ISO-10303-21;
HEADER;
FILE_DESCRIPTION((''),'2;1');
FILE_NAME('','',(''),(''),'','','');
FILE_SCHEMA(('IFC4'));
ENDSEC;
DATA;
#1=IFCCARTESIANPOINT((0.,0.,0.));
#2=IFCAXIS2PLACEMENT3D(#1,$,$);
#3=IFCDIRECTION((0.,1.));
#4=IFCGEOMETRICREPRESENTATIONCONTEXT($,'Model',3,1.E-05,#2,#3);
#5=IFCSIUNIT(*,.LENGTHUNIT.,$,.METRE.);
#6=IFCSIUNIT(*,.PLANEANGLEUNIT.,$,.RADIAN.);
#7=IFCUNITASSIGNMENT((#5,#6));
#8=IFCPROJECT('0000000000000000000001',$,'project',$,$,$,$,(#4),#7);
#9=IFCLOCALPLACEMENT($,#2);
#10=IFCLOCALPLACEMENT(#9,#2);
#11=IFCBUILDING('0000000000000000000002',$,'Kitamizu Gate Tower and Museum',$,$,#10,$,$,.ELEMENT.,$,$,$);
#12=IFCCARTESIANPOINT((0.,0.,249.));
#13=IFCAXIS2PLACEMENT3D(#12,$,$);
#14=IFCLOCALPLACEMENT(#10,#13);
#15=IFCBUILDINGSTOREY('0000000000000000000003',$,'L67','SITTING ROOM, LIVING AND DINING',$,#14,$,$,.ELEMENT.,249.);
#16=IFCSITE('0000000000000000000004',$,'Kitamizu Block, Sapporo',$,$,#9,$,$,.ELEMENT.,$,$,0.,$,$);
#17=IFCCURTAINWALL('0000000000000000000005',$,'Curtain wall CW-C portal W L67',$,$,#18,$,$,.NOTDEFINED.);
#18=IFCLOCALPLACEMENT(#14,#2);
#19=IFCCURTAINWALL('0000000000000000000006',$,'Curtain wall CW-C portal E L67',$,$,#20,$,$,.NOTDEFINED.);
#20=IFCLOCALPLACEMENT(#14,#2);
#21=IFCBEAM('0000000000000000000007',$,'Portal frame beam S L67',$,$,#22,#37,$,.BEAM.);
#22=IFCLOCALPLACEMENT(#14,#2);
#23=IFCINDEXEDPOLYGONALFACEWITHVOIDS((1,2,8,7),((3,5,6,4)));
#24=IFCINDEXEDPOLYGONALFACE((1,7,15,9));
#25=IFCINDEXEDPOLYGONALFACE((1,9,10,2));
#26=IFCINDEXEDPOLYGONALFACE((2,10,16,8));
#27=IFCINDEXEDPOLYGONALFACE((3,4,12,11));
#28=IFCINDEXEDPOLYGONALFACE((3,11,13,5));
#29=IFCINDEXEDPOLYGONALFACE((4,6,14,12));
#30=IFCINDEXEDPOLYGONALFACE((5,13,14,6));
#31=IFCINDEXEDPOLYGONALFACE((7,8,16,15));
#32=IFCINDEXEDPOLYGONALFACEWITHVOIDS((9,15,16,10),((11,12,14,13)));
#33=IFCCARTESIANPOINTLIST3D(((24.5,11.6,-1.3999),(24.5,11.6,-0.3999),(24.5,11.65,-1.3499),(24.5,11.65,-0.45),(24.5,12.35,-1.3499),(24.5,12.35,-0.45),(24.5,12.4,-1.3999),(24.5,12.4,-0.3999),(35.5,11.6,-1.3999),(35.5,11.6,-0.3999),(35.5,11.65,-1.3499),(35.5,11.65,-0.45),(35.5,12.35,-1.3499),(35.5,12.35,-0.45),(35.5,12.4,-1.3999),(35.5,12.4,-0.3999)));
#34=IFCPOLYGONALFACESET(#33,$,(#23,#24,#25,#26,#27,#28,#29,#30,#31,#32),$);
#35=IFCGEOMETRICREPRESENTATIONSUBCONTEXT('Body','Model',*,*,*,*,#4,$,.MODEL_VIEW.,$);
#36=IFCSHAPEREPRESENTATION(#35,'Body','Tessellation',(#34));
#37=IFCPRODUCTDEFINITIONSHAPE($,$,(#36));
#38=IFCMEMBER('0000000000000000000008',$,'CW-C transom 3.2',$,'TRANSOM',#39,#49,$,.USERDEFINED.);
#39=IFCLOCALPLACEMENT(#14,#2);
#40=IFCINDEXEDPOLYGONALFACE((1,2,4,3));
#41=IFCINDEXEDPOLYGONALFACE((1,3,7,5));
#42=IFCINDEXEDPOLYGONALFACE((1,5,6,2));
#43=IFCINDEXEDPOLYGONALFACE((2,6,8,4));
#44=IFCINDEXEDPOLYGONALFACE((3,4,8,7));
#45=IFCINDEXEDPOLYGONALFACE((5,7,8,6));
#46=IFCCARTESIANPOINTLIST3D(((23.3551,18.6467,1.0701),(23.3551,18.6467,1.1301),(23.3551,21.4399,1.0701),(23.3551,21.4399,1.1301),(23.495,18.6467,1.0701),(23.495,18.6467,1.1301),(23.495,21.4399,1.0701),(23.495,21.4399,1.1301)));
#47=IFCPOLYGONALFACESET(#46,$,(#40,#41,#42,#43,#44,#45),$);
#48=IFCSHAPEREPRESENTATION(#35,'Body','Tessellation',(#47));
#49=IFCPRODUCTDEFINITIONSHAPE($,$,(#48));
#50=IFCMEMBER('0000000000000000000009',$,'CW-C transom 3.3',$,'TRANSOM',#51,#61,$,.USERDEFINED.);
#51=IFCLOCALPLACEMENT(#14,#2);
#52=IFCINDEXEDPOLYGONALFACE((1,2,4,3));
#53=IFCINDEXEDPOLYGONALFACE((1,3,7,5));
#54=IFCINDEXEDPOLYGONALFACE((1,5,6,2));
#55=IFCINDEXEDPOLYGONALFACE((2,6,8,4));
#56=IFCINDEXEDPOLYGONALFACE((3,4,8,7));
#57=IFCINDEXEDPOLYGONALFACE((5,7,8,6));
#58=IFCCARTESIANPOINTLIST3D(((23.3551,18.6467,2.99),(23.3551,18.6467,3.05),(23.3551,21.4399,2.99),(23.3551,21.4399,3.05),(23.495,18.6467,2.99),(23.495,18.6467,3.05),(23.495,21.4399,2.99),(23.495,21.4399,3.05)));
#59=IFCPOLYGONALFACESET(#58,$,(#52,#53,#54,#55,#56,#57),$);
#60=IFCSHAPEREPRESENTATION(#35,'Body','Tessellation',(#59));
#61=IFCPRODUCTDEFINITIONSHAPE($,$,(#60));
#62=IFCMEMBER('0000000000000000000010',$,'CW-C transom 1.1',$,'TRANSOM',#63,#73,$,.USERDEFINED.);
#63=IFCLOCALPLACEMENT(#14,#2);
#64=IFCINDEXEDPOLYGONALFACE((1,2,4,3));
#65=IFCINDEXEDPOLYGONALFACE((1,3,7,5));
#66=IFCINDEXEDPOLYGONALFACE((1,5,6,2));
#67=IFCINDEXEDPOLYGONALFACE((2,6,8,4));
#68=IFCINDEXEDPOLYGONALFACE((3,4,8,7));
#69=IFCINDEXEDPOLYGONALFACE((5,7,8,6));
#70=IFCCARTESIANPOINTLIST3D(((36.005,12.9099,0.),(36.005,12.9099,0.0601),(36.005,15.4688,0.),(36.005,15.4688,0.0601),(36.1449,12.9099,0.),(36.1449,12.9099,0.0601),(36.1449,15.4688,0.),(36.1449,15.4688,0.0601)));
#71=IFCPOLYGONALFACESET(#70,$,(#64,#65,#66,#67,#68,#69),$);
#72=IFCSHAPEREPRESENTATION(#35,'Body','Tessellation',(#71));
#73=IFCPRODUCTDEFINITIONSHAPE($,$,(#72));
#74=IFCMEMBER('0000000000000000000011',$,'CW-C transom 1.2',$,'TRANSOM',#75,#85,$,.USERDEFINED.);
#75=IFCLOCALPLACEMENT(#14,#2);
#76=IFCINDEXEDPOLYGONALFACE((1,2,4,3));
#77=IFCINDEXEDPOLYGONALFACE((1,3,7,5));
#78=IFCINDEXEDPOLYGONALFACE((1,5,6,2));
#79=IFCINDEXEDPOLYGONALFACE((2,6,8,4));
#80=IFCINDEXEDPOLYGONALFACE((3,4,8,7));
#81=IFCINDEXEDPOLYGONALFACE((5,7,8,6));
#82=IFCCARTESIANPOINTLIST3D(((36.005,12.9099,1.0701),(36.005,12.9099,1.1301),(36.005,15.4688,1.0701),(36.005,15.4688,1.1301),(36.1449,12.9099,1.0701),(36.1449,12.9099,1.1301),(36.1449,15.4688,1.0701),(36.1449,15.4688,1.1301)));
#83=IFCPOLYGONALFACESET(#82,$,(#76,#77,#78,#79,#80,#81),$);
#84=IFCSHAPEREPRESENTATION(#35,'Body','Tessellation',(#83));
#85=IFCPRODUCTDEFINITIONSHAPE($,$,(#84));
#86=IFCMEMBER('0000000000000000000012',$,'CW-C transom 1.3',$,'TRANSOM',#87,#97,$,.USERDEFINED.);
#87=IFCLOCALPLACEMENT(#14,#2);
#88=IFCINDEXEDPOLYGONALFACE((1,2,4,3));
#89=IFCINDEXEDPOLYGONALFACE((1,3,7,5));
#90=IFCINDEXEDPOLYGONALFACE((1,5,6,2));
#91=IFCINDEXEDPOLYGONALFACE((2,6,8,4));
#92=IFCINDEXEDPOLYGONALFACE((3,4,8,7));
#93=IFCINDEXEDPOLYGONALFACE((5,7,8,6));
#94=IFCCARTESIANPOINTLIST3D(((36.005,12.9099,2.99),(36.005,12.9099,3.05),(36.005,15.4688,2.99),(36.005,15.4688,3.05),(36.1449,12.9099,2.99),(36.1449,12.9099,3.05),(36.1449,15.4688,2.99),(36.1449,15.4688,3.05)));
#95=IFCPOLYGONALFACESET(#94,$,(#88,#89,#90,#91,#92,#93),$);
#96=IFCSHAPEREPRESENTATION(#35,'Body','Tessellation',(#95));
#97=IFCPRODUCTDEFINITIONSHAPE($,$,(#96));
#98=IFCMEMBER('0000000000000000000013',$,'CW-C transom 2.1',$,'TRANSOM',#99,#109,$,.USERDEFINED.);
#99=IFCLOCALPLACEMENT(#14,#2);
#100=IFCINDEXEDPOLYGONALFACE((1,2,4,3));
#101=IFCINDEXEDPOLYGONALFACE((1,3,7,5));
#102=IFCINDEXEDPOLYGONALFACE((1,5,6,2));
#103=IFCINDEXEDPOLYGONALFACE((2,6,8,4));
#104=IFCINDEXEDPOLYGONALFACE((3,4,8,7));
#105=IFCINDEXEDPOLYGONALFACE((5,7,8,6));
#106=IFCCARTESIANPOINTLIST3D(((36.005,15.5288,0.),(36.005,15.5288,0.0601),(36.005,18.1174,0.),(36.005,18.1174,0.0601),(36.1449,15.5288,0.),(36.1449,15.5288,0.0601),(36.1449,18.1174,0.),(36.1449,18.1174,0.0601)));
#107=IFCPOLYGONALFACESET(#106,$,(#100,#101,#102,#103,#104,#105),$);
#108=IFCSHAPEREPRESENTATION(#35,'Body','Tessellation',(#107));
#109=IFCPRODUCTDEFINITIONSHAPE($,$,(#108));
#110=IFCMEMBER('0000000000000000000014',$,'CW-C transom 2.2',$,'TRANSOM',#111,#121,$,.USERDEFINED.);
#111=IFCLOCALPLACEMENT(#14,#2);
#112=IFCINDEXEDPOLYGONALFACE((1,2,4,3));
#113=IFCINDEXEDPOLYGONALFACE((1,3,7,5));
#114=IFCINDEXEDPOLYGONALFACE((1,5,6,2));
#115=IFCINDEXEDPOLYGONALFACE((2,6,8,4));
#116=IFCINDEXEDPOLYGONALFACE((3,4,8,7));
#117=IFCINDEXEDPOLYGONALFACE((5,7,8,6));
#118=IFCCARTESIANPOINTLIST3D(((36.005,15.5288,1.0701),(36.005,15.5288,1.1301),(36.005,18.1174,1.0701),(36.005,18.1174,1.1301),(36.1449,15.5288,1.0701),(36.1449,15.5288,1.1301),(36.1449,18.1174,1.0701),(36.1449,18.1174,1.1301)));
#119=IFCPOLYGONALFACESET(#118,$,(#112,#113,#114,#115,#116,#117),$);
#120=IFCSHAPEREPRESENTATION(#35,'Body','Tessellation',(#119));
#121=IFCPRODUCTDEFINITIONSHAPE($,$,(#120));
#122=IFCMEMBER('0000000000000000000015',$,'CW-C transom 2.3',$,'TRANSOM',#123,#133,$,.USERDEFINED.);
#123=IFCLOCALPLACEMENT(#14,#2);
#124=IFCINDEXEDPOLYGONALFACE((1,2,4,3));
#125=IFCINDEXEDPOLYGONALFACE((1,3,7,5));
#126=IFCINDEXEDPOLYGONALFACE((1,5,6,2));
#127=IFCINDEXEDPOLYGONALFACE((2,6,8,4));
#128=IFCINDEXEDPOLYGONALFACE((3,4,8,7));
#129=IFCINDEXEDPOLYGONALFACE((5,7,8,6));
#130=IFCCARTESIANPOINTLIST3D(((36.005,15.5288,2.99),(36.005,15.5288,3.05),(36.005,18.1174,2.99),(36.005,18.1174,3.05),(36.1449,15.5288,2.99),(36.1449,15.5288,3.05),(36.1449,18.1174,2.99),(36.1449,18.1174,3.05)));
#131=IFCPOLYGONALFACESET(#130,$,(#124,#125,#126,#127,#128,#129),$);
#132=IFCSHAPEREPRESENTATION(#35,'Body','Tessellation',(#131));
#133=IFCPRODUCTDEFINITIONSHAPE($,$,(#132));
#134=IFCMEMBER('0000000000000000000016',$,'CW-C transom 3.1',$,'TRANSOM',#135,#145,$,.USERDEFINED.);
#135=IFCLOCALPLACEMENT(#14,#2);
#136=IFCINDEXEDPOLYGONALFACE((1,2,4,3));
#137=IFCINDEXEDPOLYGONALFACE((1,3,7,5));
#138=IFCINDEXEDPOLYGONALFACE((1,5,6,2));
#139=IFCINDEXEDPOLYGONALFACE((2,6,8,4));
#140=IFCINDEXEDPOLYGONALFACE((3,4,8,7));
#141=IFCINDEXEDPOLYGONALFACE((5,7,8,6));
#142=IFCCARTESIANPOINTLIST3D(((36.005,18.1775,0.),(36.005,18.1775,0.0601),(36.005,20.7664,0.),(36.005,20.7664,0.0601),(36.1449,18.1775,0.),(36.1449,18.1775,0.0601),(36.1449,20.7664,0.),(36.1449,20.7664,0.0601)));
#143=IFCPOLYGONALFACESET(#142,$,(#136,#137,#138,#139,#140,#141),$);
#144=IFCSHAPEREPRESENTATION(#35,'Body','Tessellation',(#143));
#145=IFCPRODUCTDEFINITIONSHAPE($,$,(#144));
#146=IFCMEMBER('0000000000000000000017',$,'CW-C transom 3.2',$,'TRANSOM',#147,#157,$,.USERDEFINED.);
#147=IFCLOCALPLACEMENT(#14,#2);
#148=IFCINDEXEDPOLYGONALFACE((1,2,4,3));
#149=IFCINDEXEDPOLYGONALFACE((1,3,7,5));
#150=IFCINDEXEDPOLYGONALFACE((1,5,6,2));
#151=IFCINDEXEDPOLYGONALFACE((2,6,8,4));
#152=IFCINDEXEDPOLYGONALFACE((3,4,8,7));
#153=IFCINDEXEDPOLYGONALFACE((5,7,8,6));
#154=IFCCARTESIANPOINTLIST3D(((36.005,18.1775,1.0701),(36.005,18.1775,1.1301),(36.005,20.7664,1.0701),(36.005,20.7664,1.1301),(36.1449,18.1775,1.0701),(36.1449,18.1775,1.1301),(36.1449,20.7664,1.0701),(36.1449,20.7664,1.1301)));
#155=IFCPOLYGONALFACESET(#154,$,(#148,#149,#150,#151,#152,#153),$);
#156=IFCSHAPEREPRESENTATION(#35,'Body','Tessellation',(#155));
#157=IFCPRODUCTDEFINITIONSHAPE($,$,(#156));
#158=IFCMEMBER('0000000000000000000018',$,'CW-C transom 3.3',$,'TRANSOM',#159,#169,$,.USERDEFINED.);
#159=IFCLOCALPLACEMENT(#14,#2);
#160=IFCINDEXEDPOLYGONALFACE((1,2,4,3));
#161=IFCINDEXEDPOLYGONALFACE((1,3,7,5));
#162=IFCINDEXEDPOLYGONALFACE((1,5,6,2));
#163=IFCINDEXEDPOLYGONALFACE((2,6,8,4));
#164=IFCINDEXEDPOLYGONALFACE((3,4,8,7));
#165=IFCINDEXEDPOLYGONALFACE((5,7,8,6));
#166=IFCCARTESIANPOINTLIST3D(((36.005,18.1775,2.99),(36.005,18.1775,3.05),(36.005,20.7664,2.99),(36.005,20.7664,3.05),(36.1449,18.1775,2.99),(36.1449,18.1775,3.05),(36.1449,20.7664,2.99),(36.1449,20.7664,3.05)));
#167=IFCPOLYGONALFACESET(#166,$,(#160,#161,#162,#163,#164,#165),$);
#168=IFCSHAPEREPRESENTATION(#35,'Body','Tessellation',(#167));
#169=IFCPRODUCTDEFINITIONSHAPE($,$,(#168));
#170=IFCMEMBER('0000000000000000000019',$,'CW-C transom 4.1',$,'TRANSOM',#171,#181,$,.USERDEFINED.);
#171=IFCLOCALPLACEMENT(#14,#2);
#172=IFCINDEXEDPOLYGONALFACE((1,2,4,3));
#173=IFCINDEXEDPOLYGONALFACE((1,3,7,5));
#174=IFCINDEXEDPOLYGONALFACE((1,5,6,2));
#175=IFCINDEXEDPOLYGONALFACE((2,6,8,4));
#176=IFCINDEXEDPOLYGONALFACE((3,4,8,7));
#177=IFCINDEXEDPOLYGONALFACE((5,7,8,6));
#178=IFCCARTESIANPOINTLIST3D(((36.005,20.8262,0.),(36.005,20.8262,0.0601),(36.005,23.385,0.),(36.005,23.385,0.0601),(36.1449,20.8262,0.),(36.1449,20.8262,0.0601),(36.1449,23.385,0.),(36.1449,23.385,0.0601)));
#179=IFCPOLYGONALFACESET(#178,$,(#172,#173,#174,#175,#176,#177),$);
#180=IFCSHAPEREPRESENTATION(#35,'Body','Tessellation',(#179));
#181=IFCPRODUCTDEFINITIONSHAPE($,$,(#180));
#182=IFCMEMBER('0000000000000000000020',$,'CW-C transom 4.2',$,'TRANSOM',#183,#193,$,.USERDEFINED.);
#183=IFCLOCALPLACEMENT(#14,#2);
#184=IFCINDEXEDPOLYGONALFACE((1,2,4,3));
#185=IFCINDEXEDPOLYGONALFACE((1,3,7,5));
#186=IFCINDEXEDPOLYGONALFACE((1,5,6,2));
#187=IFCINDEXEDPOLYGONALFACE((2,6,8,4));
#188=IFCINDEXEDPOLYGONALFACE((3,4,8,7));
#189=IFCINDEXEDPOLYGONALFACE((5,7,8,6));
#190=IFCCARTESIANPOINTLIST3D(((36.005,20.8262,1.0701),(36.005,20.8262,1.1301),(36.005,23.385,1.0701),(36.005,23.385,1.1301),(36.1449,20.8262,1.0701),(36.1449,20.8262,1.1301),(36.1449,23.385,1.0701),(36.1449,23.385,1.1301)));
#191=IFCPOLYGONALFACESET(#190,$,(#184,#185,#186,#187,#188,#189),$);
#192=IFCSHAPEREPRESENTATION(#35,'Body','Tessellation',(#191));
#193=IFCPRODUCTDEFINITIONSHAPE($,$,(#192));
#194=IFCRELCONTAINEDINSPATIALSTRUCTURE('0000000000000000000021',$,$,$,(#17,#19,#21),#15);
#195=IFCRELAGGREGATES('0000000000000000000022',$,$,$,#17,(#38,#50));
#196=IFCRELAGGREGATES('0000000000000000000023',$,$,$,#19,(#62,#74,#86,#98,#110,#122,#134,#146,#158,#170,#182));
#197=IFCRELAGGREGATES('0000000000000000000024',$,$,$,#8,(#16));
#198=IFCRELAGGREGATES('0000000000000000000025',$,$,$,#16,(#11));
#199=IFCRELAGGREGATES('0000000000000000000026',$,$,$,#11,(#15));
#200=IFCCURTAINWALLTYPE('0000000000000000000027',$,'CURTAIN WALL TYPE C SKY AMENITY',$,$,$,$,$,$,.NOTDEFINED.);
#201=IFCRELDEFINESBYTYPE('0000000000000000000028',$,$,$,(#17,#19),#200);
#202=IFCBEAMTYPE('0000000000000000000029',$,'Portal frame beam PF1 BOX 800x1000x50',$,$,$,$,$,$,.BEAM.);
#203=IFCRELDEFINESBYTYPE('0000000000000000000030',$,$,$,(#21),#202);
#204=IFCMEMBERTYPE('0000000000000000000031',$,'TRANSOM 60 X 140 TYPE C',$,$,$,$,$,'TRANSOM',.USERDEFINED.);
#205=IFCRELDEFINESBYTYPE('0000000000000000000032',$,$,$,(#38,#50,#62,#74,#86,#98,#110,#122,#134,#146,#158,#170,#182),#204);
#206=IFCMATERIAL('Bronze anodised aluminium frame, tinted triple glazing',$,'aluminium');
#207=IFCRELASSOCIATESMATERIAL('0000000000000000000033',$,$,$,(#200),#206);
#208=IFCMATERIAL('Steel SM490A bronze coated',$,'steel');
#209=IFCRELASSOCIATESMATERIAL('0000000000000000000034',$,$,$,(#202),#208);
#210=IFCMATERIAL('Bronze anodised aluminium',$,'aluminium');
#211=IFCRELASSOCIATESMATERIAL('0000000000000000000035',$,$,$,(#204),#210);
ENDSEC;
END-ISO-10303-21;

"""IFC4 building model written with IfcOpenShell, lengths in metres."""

from ifc_helpers import new_model, si_unit, direction, frame, origin, origin_2d, place, context, subcontext, project, spatial, rectangle, hollow_rectangle, extrude, material, material_profile, profile_set, type_object, element, aggregate, save


model = new_model("IFC4")

# Units and contexts
model_context = context("Model", 3, precision=1e-05, world=origin(), true_north=direction((0.0, 1.0)))
body_context = subcontext(model_context, "Body", "Model", "MODEL_VIEW")
ifc_project = project(units=[si_unit("LENGTHUNIT", "METRE"), si_unit("PLANEANGLEUNIT", "RADIAN")], contexts=[model_context])

# Site, building, storey
site_placement = place(None, origin())
site = spatial("IfcSite", under=ifc_project, at=site_placement, Name="Kitamizu Block, Sapporo", CompositionType="ELEMENT", RefElevation=0.0)
building_placement = place(site_placement, origin())
building = spatial("IfcBuilding", under=site, at=building_placement, Name="Kitamizu Gate Tower and Museum", CompositionType="ELEMENT")
storey_placement = place(building_placement, frame((0.0, 0.0, 249.0)))
storey = spatial("IfcBuildingStorey", under=building, at=storey_placement, Name="L67", Description="SITTING ROOM, LIVING AND DINING", CompositionType="ELEMENT", Elevation=249.0)

# Curtain wall
ifc_material_1 = material(Name="Bronze anodised aluminium frame, tinted triple glazing", Category="aluminium")
curtain_wall_type = type_object("IfcCurtainWallType", Name="CURTAIN WALL TYPE C SKY AMENITY", PredefinedType="NOTDEFINED", material=ifc_material_1)
curtain_wall_1_placement = place(storey_placement, origin())
curtain_wall_1 = element("IfcCurtainWall", 1, at=curtain_wall_1_placement, inside=storey, type_object=curtain_wall_type, Name="Curtain wall CW-C portal W L67", PredefinedType="NOTDEFINED")

# Curtain wall
curtain_wall_2_placement = place(storey_placement, origin())
curtain_wall_2 = element("IfcCurtainWall", 2, at=curtain_wall_2_placement, inside=storey, type_object=curtain_wall_type, Name="Curtain wall CW-C portal E L67", PredefinedType="NOTDEFINED")

# Beam
ifc_material_2 = material(Name="Steel SM490A bronze coated", Category="steel")
ifc_material_profile_1 = material_profile(ifc_material_2, hollow_rectangle(XDim=0.8, YDim=1.0, WallThickness=0.05, at=origin_2d()), Name="BOX 800x1000x50")
ifc_profile_set_1 = profile_set([ifc_material_profile_1], Name="Steel SM490A bronze coated")
beam_type_1 = type_object("IfcBeamType", Name="Portal frame beam PF1 BOX 800x1000x50", PredefinedType="BEAM", material=ifc_profile_set_1)
beam_1_placement = place(storey_placement, frame((24.5, 12.0, -0.8999), z_axis=(1.0, 0.0, 0.0), x_axis=(0.0, 1.0, 0.0)))
element("IfcBeam", 3, at=beam_1_placement, inside=storey, type_object=beam_type_1, Name="Portal frame beam S L67", PredefinedType="BEAM", context=body_context, shape_type="SweptSolid", body=[
    extrude(hollow_rectangle(XDim=0.8, YDim=1.0, WallThickness=0.05, at=origin_2d()), origin(), (0.0, 0.0, 1.0), 11.0),
])

# Members
ifc_material_3 = material(Name="Bronze anodised aluminium", Category="aluminium")
ifc_material_profile_2 = material_profile(ifc_material_3, rectangle(XDim=0.1399, YDim=0.0601, at=origin_2d()), Name="AL 60X140")
ifc_profile_set_2 = profile_set([ifc_material_profile_2], Name="Bronze anodised aluminium")
member_type_1 = type_object("IfcMemberType", Name="TRANSOM 60 X 140 TYPE C", ElementType="TRANSOM", PredefinedType="USERDEFINED", material=ifc_profile_set_2)
member_1_placement = place(storey_placement, frame((23.425, 18.6467, 1.1001), z_axis=(0.0, 1.0, 0.0), x_axis=(-1.0, 0.0, 0.0)))
member_1 = element("IfcMember", 4, at=member_1_placement, type_object=member_type_1, Name="CW-C transom 3.2", ObjectType="TRANSOM", PredefinedType="USERDEFINED", context=body_context, shape_type="SweptSolid", body=[
    extrude(rectangle(XDim=0.1399, YDim=0.0601, at=origin_2d()), origin(), (0.0, 0.0, 1.0), 2.7932),
])
member_2_placement = place(storey_placement, frame((23.425, 18.6467, 3.02), z_axis=(0.0, 1.0, 0.0), x_axis=(-1.0, 0.0, 0.0)))
member_2 = element("IfcMember", 5, at=member_2_placement, type_object=member_type_1, Name="CW-C transom 3.3", ObjectType="TRANSOM", PredefinedType="USERDEFINED", context=body_context, shape_type="SweptSolid", body=[
    extrude(rectangle(XDim=0.1399, YDim=0.0601, at=origin_2d()), origin(), (0.0, 0.0, 1.0), 2.7932),
])
member_3_placement = place(storey_placement, frame((36.075, 12.9099, 0.03), z_axis=(0.0, 1.0, 0.0), x_axis=(-1.0, 0.0, 0.0)))
member_3 = element("IfcMember", 6, at=member_3_placement, type_object=member_type_1, Name="CW-C transom 1.1", ObjectType="TRANSOM", PredefinedType="USERDEFINED", context=body_context, shape_type="SweptSolid", body=[
    extrude(rectangle(XDim=0.1399, YDim=0.0601, at=origin_2d()), origin(), (0.0, 0.0, 1.0), 2.5588),
])
member_4_placement = place(storey_placement, frame((36.075, 12.9099, 1.1001), z_axis=(0.0, 1.0, 0.0), x_axis=(-1.0, 0.0, 0.0)))
member_4 = element("IfcMember", 7, at=member_4_placement, type_object=member_type_1, Name="CW-C transom 1.2", ObjectType="TRANSOM", PredefinedType="USERDEFINED", context=body_context, shape_type="SweptSolid", body=[
    extrude(rectangle(XDim=0.1399, YDim=0.0601, at=origin_2d()), origin(), (0.0, 0.0, 1.0), 2.5588),
])
member_5_placement = place(storey_placement, frame((36.075, 12.9099, 3.02), z_axis=(0.0, 1.0, 0.0), x_axis=(-1.0, 0.0, 0.0)))
member_5 = element("IfcMember", 8, at=member_5_placement, type_object=member_type_1, Name="CW-C transom 1.3", ObjectType="TRANSOM", PredefinedType="USERDEFINED", context=body_context, shape_type="SweptSolid", body=[
    extrude(rectangle(XDim=0.1399, YDim=0.0601, at=origin_2d()), origin(), (0.0, 0.0, 1.0), 2.5588),
])
member_6_placement = place(storey_placement, frame((36.075, 15.5288, 0.03), z_axis=(0.0, 1.0, 0.0), x_axis=(-1.0, 0.0, 0.0)))
member_6 = element("IfcMember", 9, at=member_6_placement, type_object=member_type_1, Name="CW-C transom 2.1", ObjectType="TRANSOM", PredefinedType="USERDEFINED", context=body_context, shape_type="SweptSolid", body=[
    extrude(rectangle(XDim=0.1399, YDim=0.0601, at=origin_2d()), origin(), (0.0, 0.0, 1.0), 2.5886),
])
member_7_placement = place(storey_placement, frame((36.075, 15.5288, 1.1001), z_axis=(0.0, 1.0, 0.0), x_axis=(-1.0, 0.0, 0.0)))
member_7 = element("IfcMember", 10, at=member_7_placement, type_object=member_type_1, Name="CW-C transom 2.2", ObjectType="TRANSOM", PredefinedType="USERDEFINED", context=body_context, shape_type="SweptSolid", body=[
    extrude(rectangle(XDim=0.1399, YDim=0.0601, at=origin_2d()), origin(), (0.0, 0.0, 1.0), 2.5886),
])
member_8_placement = place(storey_placement, frame((36.075, 15.5288, 3.02), z_axis=(0.0, 1.0, 0.0), x_axis=(-1.0, 0.0, 0.0)))
member_8 = element("IfcMember", 11, at=member_8_placement, type_object=member_type_1, Name="CW-C transom 2.3", ObjectType="TRANSOM", PredefinedType="USERDEFINED", context=body_context, shape_type="SweptSolid", body=[
    extrude(rectangle(XDim=0.1399, YDim=0.0601, at=origin_2d()), origin(), (0.0, 0.0, 1.0), 2.5886),
])
member_9_placement = place(storey_placement, frame((36.075, 18.1775, 0.03), z_axis=(0.0, 1.0, 0.0), x_axis=(-1.0, 0.0, 0.0)))
member_9 = element("IfcMember", 12, at=member_9_placement, type_object=member_type_1, Name="CW-C transom 3.1", ObjectType="TRANSOM", PredefinedType="USERDEFINED", context=body_context, shape_type="SweptSolid", body=[
    extrude(rectangle(XDim=0.1399, YDim=0.0601, at=origin_2d()), origin(), (0.0, 0.0, 1.0), 2.5889),
])
member_10_placement = place(storey_placement, frame((36.075, 18.1775, 1.1001), z_axis=(0.0, 1.0, 0.0), x_axis=(-1.0, 0.0, 0.0)))
member_10 = element("IfcMember", 13, at=member_10_placement, type_object=member_type_1, Name="CW-C transom 3.2", ObjectType="TRANSOM", PredefinedType="USERDEFINED", context=body_context, shape_type="SweptSolid", body=[
    extrude(rectangle(XDim=0.1399, YDim=0.0601, at=origin_2d()), origin(), (0.0, 0.0, 1.0), 2.5889),
])
member_11_placement = place(storey_placement, frame((36.075, 18.1775, 3.02), z_axis=(0.0, 1.0, 0.0), x_axis=(-1.0, 0.0, 0.0)))
member_11 = element("IfcMember", 14, at=member_11_placement, type_object=member_type_1, Name="CW-C transom 3.3", ObjectType="TRANSOM", PredefinedType="USERDEFINED", context=body_context, shape_type="SweptSolid", body=[
    extrude(rectangle(XDim=0.1399, YDim=0.0601, at=origin_2d()), origin(), (0.0, 0.0, 1.0), 2.5889),
])
member_12_placement = place(storey_placement, frame((36.075, 20.8262, 0.03), z_axis=(0.0, 1.0, 0.0), x_axis=(-1.0, 0.0, 0.0)))
member_12 = element("IfcMember", 15, at=member_12_placement, type_object=member_type_1, Name="CW-C transom 4.1", ObjectType="TRANSOM", PredefinedType="USERDEFINED", context=body_context, shape_type="SweptSolid", body=[
    extrude(rectangle(XDim=0.1399, YDim=0.0601, at=origin_2d()), origin(), (0.0, 0.0, 1.0), 2.5588),
])
member_13_placement = place(storey_placement, frame((36.075, 20.8262, 1.1001), z_axis=(0.0, 1.0, 0.0), x_axis=(-1.0, 0.0, 0.0)))
member_13 = element("IfcMember", 16, at=member_13_placement, type_object=member_type_1, Name="CW-C transom 4.2", ObjectType="TRANSOM", PredefinedType="USERDEFINED", context=body_context, shape_type="SweptSolid", body=[
    extrude(rectangle(XDim=0.1399, YDim=0.0601, at=origin_2d()), origin(), (0.0, 0.0, 1.0), 2.5588),
])

aggregate(curtain_wall_1, [member_1, member_2])
aggregate(curtain_wall_2, [member_3, member_4, member_5, member_6, member_7, member_8, member_9, member_10, member_11, member_12, member_13])

save(model, "model.ifc")
